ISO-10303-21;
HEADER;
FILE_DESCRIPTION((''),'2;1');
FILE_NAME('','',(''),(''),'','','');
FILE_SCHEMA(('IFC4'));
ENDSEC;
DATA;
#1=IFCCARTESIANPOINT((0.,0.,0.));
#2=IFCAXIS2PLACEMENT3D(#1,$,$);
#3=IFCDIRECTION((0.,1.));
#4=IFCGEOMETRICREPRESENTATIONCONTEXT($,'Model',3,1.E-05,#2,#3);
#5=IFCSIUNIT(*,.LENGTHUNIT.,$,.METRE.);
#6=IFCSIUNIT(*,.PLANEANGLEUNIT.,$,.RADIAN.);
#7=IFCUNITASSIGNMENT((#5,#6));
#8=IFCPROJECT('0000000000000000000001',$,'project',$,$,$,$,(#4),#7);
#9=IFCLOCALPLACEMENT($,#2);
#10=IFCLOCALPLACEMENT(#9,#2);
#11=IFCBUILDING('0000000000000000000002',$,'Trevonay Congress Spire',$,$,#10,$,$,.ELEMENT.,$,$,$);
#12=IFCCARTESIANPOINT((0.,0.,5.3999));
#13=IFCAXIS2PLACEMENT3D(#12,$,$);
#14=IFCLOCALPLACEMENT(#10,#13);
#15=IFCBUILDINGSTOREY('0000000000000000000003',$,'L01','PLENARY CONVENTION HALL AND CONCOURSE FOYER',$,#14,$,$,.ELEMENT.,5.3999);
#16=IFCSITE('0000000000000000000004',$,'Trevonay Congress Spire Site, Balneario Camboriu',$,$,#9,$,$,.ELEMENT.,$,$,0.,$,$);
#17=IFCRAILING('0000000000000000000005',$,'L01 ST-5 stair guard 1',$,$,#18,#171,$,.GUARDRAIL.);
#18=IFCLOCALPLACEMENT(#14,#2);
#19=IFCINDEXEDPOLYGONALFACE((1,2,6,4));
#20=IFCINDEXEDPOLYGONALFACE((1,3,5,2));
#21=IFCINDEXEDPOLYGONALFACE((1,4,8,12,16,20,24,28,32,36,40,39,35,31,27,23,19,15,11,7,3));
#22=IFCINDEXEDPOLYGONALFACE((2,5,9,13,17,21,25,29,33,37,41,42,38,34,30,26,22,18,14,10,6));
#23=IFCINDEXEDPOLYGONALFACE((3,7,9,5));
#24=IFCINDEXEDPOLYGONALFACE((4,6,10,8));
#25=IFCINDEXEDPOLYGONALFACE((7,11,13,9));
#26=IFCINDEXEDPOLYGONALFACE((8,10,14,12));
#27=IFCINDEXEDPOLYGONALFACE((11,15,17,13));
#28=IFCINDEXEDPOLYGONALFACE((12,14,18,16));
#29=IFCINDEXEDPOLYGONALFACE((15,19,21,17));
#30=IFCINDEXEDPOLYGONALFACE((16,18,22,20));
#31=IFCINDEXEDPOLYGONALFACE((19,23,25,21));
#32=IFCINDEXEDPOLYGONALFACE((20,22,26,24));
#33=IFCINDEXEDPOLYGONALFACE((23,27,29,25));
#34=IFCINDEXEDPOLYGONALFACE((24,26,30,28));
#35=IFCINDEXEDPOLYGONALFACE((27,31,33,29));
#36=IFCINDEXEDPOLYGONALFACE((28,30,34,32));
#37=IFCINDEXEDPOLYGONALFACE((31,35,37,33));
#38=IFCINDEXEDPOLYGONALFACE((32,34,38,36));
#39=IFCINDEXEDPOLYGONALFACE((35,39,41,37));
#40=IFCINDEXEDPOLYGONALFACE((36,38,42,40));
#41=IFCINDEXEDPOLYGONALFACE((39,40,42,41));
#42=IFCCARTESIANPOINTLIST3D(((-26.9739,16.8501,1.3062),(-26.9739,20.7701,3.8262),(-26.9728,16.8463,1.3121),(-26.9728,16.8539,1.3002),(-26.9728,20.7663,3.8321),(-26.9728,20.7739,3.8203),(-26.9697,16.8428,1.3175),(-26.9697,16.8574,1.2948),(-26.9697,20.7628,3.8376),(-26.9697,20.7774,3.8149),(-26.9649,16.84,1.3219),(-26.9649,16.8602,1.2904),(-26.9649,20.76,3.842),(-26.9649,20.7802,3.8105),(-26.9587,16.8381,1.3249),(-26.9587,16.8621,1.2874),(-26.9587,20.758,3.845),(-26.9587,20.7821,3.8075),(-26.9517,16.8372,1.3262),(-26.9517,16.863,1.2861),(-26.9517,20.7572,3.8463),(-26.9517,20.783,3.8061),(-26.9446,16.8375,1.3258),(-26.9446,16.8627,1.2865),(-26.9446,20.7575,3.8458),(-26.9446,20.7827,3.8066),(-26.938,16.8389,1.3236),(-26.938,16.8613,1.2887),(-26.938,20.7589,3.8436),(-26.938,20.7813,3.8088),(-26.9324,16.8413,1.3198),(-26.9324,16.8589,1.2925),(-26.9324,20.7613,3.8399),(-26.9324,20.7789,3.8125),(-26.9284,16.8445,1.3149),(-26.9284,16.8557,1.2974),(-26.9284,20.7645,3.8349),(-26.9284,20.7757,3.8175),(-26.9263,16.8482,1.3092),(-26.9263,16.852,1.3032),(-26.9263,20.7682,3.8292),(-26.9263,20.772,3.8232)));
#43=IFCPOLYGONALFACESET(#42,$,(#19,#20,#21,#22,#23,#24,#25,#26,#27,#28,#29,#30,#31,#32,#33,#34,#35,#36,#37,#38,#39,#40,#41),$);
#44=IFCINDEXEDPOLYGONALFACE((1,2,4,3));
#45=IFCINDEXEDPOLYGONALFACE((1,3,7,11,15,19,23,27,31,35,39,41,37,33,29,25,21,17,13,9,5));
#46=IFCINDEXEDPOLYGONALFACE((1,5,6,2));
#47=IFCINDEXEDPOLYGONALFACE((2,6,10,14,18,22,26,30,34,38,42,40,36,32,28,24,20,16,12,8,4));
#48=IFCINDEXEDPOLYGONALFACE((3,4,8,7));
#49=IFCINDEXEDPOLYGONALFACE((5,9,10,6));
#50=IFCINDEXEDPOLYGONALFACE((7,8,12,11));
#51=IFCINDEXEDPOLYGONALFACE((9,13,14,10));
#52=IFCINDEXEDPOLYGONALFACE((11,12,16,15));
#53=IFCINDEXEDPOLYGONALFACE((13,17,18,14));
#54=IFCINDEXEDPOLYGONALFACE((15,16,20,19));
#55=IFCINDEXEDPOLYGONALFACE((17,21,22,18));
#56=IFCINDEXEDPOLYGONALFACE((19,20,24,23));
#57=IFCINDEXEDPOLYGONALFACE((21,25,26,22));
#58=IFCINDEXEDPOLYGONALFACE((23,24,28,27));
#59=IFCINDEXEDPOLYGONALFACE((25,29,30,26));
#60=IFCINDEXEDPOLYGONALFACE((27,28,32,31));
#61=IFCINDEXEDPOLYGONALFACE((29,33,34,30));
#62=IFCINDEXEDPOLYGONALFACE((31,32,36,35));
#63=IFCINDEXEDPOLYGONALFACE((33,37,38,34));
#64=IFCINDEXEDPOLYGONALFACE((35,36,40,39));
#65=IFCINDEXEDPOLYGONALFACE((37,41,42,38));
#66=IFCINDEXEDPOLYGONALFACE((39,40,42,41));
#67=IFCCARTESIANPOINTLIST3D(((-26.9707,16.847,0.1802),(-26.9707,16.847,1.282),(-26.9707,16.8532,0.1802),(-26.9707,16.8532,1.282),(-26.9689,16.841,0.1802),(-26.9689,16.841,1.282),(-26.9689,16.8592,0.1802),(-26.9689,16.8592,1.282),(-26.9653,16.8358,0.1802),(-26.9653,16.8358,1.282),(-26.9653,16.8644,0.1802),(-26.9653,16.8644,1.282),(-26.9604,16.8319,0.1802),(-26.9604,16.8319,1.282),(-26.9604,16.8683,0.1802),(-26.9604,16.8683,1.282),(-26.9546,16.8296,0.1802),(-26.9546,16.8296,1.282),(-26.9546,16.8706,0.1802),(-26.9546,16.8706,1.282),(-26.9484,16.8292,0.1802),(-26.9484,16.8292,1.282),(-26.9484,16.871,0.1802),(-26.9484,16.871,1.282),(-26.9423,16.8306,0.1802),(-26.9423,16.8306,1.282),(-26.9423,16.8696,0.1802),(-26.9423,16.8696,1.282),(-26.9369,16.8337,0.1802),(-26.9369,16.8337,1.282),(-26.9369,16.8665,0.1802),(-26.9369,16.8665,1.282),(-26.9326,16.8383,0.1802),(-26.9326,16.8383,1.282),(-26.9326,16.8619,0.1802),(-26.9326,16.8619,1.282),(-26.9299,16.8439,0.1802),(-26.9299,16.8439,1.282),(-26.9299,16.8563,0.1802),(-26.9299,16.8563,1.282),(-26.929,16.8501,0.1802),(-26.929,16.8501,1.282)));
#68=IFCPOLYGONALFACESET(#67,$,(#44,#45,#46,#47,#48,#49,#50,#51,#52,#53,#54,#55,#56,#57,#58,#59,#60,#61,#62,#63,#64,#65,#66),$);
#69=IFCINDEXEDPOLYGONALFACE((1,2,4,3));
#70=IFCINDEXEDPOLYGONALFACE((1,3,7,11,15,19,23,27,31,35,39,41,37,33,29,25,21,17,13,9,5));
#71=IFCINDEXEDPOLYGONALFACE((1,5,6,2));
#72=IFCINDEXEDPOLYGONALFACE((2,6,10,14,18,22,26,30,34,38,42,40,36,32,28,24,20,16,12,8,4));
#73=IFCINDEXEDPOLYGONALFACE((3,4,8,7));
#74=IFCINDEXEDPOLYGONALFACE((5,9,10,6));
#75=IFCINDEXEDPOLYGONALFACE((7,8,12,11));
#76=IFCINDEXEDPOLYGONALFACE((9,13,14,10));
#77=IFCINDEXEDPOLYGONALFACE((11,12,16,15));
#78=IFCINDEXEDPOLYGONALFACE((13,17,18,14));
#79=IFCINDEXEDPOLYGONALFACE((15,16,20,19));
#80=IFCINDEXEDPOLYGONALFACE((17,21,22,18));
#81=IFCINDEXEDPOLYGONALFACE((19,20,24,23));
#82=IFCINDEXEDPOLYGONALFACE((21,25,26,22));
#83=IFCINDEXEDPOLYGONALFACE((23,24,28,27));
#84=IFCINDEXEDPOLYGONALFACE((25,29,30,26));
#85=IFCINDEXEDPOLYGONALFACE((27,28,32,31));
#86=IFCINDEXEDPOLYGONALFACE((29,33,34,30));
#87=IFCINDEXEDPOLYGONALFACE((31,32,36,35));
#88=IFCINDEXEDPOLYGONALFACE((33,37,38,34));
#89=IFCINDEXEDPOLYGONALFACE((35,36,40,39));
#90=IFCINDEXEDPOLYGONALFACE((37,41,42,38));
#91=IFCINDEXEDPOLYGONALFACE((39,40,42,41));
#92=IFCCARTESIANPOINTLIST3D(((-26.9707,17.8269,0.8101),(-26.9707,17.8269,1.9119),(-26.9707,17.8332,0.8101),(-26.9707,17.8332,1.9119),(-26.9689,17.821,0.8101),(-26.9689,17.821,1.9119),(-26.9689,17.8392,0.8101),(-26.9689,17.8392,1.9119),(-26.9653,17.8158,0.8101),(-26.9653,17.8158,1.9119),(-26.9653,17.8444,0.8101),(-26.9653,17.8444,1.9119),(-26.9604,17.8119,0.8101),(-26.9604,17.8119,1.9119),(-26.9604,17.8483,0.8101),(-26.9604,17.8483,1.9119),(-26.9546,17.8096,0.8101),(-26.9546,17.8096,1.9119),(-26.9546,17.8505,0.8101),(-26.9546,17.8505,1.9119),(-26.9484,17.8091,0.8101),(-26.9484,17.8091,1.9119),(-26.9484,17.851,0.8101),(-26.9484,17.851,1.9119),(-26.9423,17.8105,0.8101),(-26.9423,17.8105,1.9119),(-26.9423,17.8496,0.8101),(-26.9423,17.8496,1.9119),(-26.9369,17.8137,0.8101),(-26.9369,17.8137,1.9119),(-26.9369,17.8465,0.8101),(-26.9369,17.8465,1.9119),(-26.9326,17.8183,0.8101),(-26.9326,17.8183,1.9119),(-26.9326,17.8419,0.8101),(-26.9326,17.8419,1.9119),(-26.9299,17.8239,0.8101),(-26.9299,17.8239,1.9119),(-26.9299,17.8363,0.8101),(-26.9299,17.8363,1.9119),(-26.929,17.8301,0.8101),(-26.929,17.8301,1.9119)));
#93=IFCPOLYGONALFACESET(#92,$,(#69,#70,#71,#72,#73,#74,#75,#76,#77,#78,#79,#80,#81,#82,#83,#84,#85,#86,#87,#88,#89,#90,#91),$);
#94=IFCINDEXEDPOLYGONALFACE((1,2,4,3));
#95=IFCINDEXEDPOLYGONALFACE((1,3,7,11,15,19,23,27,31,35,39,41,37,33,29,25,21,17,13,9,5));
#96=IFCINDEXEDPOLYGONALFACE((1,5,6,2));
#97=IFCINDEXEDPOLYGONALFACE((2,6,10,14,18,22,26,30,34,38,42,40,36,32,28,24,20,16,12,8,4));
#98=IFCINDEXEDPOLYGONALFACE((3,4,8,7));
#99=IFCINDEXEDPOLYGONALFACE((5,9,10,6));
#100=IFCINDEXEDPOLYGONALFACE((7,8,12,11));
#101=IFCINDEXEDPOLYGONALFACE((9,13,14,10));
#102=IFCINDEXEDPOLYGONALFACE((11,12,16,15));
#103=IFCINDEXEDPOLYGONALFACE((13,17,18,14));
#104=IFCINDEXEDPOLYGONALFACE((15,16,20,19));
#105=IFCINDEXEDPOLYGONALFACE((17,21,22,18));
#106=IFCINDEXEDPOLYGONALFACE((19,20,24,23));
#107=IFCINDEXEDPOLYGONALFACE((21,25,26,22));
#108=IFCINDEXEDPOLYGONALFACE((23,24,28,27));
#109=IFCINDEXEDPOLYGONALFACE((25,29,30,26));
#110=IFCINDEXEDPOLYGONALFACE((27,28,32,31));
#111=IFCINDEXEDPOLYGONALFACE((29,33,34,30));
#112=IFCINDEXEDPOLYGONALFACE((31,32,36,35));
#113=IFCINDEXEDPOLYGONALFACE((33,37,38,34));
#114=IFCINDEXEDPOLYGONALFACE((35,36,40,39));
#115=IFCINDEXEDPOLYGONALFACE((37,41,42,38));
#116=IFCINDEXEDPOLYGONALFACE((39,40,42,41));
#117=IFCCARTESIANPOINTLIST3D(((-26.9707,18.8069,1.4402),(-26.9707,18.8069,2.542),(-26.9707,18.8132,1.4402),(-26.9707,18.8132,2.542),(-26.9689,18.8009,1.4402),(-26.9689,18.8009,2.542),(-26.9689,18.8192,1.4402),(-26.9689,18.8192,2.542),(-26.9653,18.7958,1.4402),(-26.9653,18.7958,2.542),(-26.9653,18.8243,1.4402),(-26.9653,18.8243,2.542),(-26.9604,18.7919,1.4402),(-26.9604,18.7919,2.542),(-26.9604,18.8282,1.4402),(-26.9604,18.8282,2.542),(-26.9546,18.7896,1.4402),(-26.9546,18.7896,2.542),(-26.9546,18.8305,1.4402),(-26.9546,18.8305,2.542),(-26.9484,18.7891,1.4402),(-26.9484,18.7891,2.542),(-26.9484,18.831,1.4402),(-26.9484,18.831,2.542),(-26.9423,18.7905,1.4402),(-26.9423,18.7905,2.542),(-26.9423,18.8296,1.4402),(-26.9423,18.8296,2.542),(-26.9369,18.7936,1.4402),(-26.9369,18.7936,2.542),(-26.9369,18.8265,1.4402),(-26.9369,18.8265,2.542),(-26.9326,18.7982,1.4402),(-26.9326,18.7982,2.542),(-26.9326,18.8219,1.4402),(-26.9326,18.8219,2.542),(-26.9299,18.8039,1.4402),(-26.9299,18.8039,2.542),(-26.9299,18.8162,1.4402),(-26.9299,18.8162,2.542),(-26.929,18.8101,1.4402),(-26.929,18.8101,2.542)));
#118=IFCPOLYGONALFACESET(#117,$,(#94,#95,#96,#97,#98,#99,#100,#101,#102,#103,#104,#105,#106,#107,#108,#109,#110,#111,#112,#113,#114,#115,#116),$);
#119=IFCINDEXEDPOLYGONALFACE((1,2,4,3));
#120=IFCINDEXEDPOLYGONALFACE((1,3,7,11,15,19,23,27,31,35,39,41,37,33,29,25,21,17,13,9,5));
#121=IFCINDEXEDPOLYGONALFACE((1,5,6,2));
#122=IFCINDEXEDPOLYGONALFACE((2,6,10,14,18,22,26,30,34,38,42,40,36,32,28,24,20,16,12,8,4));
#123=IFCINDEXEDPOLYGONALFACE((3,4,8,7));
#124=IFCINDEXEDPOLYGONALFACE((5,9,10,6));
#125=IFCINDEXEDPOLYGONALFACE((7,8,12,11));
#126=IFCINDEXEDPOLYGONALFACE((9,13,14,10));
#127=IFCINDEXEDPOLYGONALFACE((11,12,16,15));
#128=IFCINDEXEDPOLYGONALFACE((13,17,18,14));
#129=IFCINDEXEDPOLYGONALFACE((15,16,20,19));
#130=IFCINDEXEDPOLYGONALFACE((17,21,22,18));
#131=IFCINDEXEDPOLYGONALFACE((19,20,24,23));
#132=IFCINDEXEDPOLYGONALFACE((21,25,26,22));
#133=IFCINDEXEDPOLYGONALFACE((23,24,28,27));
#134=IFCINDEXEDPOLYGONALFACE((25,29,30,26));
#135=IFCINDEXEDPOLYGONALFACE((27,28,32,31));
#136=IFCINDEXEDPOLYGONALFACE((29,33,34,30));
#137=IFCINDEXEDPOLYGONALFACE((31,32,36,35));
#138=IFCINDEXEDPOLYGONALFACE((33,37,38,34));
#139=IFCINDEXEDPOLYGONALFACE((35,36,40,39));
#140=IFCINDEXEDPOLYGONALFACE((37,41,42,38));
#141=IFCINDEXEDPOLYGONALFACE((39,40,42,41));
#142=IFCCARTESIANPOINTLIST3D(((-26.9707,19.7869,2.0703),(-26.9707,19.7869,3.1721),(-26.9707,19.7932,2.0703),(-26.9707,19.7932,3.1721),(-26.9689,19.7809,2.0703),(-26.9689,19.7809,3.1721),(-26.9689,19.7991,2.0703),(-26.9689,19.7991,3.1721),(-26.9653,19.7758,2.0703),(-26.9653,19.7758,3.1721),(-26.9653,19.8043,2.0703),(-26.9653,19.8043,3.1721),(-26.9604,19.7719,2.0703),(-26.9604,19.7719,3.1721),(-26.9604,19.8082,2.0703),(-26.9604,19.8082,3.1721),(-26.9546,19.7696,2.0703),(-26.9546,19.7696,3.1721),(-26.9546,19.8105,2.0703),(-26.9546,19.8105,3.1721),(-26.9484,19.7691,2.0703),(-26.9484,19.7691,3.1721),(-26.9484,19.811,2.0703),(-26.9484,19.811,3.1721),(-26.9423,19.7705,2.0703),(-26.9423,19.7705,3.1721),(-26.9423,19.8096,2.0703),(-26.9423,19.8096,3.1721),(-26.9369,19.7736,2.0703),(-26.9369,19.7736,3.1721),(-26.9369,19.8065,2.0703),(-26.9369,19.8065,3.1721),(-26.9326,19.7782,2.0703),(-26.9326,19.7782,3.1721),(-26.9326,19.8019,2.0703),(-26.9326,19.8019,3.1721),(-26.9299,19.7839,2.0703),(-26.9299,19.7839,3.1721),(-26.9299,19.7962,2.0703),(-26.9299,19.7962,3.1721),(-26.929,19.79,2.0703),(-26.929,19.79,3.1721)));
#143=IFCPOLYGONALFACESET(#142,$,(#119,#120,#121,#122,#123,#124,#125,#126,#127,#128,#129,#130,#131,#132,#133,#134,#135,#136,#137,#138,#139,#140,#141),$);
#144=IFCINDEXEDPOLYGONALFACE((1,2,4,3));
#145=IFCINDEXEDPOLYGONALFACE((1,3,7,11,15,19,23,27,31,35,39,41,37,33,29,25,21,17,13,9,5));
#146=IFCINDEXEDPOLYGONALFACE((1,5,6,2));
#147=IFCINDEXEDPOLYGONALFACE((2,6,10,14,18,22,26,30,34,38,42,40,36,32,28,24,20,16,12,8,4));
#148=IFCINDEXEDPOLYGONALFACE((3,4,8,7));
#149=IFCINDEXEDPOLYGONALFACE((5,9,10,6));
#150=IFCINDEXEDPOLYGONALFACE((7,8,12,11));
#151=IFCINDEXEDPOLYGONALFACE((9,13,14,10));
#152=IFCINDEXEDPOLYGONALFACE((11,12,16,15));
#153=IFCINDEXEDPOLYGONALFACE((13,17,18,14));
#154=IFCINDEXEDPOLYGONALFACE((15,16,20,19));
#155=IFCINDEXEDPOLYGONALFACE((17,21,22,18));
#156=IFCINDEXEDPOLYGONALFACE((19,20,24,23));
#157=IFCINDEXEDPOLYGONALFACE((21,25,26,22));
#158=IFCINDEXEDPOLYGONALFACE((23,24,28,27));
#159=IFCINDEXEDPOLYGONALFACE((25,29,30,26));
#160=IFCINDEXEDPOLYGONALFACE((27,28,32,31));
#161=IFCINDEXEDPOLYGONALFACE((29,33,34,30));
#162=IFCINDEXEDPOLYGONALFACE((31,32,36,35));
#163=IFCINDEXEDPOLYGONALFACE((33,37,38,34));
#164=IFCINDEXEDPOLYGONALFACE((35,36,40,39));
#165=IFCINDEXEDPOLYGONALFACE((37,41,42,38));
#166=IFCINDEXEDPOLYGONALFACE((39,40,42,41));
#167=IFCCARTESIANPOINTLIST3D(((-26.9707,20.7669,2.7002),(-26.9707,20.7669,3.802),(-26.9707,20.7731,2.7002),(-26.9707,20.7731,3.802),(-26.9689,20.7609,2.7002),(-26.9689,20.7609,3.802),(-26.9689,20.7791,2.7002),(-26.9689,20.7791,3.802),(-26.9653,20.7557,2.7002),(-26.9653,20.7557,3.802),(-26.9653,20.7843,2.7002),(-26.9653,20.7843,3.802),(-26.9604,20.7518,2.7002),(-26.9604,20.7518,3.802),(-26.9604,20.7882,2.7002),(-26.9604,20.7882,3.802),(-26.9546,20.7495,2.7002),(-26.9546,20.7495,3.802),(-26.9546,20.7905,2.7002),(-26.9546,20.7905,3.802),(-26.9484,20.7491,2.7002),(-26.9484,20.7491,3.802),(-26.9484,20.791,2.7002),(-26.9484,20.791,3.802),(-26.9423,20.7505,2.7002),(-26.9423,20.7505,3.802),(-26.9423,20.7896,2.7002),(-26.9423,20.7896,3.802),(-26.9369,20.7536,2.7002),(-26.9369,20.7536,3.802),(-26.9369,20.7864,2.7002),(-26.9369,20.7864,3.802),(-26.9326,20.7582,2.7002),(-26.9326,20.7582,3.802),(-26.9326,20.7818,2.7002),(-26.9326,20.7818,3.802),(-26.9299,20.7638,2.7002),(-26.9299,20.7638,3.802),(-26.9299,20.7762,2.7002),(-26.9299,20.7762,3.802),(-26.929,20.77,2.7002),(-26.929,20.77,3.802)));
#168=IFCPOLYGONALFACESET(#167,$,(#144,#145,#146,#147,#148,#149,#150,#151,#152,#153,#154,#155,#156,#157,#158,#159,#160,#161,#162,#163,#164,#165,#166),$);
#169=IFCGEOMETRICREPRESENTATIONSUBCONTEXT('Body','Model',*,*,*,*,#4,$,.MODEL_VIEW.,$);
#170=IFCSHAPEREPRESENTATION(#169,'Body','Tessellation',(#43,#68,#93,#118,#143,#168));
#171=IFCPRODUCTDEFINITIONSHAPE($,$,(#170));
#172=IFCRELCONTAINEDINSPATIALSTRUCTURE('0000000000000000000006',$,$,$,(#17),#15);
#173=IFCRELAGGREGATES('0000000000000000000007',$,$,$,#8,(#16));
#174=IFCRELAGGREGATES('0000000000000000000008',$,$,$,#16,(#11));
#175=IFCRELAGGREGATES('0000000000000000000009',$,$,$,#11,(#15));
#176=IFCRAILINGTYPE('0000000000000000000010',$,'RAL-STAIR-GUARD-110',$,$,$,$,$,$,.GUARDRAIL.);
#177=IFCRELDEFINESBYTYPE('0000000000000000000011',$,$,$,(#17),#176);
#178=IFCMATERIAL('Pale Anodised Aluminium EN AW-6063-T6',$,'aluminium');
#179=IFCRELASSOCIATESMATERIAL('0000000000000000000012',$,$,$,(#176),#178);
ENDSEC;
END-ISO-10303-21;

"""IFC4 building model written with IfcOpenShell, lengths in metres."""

from ifc_helpers import new_model, si_unit, direction, frame, origin, origin_2d, place, context, subcontext, project, spatial, circle, extrude, material, type_object, element, save


model = new_model("IFC4")

# Units and contexts
model_context = context("Model", 3, precision=1e-05, world=origin(), true_north=direction((0.0, 1.0)))
body_context = subcontext(model_context, "Body", "Model", "MODEL_VIEW")
ifc_project = project(units=[si_unit("LENGTHUNIT", "METRE"), si_unit("PLANEANGLEUNIT", "RADIAN")], contexts=[model_context])

# Site, building, storey
site_placement = place(None, origin())
site = spatial("IfcSite", under=ifc_project, at=site_placement, Name="Trevonay Congress Spire Site, Balneario Camboriu", CompositionType="ELEMENT", RefElevation=0.0)
building_placement = place(site_placement, origin())
building = spatial("IfcBuilding", under=site, at=building_placement, Name="Trevonay Congress Spire", CompositionType="ELEMENT")
storey_placement = place(building_placement, frame((0.0, 0.0, 5.3999)))
storey = spatial("IfcBuildingStorey", under=building, at=storey_placement, Name="L01", Description="PLENARY CONVENTION HALL AND CONCOURSE FOYER", CompositionType="ELEMENT", Elevation=5.3999)

# Shared definitions
ifc_material_1 = material(Name="Pale Anodised Aluminium EN AW-6063-T6", Category="aluminium")

# Railing
railing_type_1 = type_object("IfcRailingType", Name="RAL-STAIR-GUARD-110", PredefinedType="GUARDRAIL", material=ifc_material_1)
railing_1_placement = place(storey_placement, frame((-26.95, 16.8501, 0.1802)))
element("IfcRailing", 1, at=railing_1_placement, inside=storey, type_object=railing_type_1, Name="L01 ST-5 stair guard 1", PredefinedType="GUARDRAIL", context=body_context, shape_type="SweptSolid", body=[
    extrude(circle(Radius=0.0239, at=origin_2d()), frame((0.0, 0.0, 1.126), z_axis=(0.0, 0.841172, 0.540768), x_axis=(-1.0, 0.0, 0.0)), (0.0, 0.0, 1.0), 4.6602),
    extrude(circle(Radius=0.021, at=origin_2d()), origin(), (0.0, 0.0, 1.0), 1.1018),
    extrude(circle(Radius=0.021, at=origin_2d()), frame((0.0, 0.98, 0.6299)), (0.0, 0.0, 1.0), 1.1018),
    extrude(circle(Radius=0.021, at=origin_2d()), frame((0.0, 1.96, 1.26)), (0.0, 0.0, 1.0), 1.1018),
    extrude(circle(Radius=0.021, at=origin_2d()), frame((0.0, 2.9399, 1.8901)), (0.0, 0.0, 1.0), 1.1018),
    extrude(circle(Radius=0.021, at=origin_2d()), frame((0.0, 3.9199, 2.52)), (0.0, 0.0, 1.0), 1.1018),
])

save(model, "model.ifc")
